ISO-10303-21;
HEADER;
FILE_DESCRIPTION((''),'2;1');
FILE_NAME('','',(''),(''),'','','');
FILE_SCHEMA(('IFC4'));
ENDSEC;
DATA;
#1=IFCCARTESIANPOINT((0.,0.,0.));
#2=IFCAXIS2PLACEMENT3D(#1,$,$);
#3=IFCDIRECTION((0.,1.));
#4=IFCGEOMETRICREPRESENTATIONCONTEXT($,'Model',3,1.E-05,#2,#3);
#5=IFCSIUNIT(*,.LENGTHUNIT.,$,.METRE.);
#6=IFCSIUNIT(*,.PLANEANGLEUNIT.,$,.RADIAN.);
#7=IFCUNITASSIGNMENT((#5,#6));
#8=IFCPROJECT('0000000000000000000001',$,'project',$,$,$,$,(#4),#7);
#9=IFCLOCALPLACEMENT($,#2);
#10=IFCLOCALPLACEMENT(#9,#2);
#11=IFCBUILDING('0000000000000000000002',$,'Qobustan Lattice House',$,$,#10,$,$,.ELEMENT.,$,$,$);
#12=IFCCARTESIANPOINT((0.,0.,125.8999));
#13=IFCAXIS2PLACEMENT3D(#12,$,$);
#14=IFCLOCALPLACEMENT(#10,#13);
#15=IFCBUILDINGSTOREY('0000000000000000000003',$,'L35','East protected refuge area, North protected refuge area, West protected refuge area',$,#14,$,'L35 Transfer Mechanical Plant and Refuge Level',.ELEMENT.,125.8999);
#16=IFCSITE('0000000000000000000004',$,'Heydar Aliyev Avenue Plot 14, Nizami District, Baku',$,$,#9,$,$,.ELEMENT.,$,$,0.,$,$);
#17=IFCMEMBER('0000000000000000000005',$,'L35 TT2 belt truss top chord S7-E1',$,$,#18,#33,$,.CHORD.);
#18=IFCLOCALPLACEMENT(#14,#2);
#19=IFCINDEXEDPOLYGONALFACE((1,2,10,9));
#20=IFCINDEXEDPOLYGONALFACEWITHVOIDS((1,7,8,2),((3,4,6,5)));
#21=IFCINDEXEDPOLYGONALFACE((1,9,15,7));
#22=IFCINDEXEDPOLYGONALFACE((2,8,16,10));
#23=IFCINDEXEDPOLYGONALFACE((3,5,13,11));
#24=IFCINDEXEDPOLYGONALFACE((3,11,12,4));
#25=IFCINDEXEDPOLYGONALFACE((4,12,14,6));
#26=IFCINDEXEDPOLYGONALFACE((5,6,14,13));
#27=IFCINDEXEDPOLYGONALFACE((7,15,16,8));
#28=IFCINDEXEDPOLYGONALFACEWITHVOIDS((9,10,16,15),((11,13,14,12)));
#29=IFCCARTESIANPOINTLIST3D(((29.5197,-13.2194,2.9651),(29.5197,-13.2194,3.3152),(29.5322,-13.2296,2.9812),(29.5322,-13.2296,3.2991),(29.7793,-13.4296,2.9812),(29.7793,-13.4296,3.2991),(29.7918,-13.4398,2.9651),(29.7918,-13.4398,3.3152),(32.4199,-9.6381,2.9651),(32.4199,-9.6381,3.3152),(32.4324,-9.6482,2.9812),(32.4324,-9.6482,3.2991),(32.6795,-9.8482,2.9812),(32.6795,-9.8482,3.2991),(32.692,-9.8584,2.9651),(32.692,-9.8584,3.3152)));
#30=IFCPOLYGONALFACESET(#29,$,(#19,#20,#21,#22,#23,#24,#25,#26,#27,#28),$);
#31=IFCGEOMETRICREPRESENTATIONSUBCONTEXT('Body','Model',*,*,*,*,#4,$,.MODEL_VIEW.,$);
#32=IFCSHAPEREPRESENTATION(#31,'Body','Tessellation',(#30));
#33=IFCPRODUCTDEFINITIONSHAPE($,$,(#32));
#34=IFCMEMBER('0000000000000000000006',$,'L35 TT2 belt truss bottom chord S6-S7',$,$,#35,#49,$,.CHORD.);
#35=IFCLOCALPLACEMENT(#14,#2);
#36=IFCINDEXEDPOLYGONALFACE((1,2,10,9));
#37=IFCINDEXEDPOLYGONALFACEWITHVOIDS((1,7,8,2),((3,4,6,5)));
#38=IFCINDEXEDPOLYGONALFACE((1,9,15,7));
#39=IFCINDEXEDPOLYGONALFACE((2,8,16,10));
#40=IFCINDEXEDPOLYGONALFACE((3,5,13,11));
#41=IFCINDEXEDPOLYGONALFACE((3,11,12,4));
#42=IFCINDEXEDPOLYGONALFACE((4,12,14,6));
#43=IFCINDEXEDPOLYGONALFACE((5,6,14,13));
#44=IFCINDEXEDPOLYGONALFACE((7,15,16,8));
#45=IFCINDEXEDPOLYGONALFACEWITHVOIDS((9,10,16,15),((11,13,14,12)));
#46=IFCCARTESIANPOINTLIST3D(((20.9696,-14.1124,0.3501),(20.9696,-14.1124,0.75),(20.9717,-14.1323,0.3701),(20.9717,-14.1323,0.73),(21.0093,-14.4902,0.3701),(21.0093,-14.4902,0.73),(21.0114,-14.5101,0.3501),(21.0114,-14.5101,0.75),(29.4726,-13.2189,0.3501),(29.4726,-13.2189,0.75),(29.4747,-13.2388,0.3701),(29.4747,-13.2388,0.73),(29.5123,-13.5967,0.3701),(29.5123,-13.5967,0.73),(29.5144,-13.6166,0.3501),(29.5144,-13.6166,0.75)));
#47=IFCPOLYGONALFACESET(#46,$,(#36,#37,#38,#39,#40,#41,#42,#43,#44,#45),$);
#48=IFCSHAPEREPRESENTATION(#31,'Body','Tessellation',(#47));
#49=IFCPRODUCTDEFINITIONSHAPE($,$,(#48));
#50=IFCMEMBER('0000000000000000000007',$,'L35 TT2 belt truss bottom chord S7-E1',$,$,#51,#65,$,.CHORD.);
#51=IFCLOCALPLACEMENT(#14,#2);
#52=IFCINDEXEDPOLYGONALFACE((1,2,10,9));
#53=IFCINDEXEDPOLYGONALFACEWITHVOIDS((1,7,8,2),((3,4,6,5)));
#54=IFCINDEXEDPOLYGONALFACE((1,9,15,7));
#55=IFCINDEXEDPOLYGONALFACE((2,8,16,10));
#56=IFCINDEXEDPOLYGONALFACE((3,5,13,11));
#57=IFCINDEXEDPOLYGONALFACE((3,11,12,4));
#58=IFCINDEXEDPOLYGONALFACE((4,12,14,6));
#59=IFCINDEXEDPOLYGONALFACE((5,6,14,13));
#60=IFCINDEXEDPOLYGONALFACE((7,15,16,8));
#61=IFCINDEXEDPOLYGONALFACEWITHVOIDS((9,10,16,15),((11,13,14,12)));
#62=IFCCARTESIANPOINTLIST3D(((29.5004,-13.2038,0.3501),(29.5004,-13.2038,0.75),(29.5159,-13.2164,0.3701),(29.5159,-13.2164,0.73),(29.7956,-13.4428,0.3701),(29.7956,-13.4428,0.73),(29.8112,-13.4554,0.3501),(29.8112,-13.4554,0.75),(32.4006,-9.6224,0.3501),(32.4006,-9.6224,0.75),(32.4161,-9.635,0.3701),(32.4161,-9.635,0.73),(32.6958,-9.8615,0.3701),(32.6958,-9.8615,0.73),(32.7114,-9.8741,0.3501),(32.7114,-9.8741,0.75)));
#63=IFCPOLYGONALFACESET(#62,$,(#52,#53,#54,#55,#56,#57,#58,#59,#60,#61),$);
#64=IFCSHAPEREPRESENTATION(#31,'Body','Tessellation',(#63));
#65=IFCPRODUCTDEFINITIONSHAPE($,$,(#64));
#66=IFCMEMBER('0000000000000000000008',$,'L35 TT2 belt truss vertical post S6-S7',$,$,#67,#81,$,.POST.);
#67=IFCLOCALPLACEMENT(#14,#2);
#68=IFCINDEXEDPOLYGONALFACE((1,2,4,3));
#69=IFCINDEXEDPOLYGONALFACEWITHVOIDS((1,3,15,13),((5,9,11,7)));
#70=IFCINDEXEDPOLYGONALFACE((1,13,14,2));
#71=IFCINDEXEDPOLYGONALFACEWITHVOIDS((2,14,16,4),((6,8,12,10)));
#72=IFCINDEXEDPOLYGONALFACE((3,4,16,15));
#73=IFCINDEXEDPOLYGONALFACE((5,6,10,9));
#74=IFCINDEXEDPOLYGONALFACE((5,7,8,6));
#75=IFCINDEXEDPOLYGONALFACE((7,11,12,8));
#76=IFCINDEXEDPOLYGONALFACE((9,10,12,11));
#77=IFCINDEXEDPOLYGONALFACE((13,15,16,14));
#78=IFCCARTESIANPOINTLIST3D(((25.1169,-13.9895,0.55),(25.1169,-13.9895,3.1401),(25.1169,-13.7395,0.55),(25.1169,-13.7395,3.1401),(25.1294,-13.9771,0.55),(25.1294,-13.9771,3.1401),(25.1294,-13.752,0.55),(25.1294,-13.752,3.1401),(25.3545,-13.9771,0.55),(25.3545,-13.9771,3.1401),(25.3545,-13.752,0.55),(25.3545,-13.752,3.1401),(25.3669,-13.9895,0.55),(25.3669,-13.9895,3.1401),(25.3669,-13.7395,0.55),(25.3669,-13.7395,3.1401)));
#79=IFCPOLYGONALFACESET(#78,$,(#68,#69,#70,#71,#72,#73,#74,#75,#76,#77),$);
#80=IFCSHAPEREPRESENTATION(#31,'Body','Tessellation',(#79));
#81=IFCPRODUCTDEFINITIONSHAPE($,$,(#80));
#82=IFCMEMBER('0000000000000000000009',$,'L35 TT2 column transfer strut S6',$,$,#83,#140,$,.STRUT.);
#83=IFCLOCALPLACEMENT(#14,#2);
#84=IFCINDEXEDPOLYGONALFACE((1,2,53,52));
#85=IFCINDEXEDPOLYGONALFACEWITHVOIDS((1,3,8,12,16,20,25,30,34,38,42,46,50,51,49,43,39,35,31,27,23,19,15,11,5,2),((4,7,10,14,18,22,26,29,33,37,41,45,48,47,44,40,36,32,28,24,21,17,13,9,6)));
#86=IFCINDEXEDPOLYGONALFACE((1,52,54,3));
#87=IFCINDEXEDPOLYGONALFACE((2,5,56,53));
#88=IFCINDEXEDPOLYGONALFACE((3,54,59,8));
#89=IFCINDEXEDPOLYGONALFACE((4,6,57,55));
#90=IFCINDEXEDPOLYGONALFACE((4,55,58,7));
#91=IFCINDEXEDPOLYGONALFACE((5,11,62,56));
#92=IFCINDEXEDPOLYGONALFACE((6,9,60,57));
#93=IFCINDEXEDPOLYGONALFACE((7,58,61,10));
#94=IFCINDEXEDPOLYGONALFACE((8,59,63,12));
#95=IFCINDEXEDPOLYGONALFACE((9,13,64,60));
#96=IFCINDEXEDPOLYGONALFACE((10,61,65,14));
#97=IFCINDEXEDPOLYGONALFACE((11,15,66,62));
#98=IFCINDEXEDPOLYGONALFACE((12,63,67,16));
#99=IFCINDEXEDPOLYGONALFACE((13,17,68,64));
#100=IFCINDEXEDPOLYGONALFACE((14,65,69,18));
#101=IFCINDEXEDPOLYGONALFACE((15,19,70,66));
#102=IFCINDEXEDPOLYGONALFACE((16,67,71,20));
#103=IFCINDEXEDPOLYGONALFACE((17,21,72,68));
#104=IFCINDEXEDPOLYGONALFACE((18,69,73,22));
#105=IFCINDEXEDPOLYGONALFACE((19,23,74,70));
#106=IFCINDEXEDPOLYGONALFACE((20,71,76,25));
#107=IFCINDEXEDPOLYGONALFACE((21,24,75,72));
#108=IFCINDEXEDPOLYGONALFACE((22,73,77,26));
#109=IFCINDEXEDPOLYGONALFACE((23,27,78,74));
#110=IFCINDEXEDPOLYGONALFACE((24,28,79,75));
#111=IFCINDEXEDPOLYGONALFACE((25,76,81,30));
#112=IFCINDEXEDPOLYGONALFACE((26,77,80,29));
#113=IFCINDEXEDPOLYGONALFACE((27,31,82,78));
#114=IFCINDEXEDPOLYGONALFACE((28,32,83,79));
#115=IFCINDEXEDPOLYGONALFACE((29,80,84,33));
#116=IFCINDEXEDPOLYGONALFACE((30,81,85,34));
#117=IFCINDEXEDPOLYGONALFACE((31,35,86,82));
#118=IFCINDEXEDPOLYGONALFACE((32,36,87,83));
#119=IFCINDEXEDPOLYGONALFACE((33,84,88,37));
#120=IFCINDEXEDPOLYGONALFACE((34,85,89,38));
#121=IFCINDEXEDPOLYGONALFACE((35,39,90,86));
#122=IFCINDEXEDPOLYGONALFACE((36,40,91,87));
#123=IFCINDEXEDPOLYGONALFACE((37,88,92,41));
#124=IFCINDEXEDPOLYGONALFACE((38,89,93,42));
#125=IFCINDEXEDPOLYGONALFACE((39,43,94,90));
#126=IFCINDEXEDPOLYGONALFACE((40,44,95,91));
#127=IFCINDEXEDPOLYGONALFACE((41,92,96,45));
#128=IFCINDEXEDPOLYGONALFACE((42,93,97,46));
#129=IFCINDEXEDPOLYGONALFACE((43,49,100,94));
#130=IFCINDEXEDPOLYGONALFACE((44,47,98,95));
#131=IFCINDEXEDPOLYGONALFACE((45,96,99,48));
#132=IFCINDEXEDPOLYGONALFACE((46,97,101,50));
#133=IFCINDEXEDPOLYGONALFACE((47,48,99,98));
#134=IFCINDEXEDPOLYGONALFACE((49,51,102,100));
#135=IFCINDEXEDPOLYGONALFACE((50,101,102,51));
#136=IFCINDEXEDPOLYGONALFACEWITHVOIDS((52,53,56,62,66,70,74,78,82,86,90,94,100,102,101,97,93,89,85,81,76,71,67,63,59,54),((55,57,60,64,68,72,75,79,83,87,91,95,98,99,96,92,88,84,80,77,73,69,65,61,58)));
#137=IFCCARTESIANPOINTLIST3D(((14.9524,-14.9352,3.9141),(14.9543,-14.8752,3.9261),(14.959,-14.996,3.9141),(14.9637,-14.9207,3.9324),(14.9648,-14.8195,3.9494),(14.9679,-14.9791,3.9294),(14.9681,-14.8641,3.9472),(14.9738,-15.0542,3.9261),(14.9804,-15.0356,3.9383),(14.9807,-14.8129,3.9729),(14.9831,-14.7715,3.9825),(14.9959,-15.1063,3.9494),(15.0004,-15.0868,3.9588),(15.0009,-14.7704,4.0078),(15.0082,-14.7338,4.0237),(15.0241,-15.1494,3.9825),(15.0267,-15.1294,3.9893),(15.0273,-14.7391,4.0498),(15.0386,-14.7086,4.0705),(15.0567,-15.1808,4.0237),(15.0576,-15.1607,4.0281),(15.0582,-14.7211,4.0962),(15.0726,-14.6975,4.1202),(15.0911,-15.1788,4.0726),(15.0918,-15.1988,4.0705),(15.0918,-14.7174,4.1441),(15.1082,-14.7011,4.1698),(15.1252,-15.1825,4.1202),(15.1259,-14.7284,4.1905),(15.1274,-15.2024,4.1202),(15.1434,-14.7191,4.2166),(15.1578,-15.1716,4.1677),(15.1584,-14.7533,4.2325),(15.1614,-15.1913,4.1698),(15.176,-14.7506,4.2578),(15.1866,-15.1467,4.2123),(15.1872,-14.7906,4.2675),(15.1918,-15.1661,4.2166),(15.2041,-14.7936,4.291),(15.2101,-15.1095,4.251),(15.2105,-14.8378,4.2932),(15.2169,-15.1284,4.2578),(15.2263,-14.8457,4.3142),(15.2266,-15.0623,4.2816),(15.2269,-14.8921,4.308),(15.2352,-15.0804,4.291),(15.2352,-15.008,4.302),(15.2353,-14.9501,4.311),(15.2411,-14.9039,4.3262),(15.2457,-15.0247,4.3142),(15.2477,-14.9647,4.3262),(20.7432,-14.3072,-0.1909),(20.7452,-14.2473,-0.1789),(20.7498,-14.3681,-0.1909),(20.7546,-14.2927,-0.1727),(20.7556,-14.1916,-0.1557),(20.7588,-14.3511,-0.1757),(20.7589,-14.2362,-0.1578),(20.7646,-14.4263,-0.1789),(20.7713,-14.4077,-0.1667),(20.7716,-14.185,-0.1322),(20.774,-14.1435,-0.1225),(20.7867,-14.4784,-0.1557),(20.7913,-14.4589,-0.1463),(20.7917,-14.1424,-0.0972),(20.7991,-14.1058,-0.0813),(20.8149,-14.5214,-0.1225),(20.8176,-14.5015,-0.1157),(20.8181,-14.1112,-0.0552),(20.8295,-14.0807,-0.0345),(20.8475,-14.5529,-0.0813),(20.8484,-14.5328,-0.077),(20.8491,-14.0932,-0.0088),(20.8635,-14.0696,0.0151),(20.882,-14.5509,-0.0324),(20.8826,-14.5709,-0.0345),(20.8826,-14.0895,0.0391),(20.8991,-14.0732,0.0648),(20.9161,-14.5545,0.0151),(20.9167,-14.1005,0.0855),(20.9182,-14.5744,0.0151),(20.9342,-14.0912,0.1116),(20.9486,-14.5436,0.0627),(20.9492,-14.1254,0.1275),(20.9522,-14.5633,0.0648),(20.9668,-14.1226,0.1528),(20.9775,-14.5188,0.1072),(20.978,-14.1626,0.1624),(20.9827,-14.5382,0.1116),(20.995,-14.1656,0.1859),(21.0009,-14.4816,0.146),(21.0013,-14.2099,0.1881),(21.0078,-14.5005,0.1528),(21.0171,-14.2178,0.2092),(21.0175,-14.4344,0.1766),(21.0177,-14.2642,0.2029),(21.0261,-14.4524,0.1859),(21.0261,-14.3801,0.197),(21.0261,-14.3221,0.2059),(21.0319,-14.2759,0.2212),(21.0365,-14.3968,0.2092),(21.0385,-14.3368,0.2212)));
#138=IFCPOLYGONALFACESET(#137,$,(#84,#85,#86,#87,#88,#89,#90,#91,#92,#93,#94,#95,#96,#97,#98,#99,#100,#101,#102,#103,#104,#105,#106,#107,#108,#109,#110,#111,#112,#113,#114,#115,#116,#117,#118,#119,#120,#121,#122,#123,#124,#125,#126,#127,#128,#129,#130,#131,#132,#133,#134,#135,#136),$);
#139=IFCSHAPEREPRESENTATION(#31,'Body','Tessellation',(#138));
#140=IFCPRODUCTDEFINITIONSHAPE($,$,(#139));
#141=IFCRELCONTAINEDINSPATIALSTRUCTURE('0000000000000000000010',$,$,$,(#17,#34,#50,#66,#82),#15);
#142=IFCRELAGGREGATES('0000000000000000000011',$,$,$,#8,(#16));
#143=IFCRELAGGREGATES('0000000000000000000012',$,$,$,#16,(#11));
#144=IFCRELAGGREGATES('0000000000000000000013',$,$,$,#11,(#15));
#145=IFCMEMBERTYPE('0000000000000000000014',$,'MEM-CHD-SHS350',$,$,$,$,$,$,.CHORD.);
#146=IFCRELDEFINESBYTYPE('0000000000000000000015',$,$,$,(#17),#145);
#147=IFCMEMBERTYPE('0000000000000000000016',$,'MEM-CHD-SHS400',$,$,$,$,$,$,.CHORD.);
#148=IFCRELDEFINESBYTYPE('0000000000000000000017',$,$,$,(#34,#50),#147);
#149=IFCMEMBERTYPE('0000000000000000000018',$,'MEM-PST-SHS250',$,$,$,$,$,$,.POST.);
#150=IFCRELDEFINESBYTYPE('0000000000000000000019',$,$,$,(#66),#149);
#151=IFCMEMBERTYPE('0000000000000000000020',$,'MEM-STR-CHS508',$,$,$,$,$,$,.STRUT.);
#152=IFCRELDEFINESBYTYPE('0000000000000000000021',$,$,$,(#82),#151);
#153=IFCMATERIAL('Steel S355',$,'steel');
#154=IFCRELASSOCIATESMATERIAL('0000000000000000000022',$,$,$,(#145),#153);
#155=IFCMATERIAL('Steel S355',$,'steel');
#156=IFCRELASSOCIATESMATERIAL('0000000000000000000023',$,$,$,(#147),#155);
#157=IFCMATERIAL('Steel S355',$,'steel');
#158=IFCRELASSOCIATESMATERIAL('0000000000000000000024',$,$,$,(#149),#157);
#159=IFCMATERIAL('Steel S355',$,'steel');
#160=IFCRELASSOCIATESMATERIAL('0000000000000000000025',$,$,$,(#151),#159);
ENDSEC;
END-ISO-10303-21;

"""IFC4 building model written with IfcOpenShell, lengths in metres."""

from ifc_helpers import new_model, si_unit, direction, frame, origin, origin_2d, place, context, subcontext, project, spatial, hollow_rectangle, hollow_circle, extrude, material, material_profile, profile_set, type_object, element, save


model = new_model("IFC4")

# Units and contexts
model_context = context("Model", 3, precision=1e-05, world=origin(), true_north=direction((0.0, 1.0)))
body_context = subcontext(model_context, "Body", "Model", "MODEL_VIEW")
ifc_project = project(units=[si_unit("LENGTHUNIT", "METRE"), si_unit("PLANEANGLEUNIT", "RADIAN")], contexts=[model_context])

# Site, building, storey
site_placement = place(None, origin())
site = spatial("IfcSite", under=ifc_project, at=site_placement, Name="Heydar Aliyev Avenue Plot 14, Nizami District, Baku", CompositionType="ELEMENT", RefElevation=0.0)
building_placement = place(site_placement, origin())
building = spatial("IfcBuilding", under=site, at=building_placement, Name="Qobustan Lattice House", CompositionType="ELEMENT")
storey_placement = place(building_placement, frame((0.0, 0.0, 125.8999)))
storey = spatial("IfcBuildingStorey", under=building, at=storey_placement, Name="L35", Description="East protected refuge area, North protected refuge area, West protected refuge area", LongName="L35 Transfer Mechanical Plant and Refuge Level", CompositionType="ELEMENT", Elevation=125.8999)

# Members
ifc_material_1 = material(Name="Steel S355", Category="steel")
ifc_material_profile_1 = material_profile(ifc_material_1, hollow_rectangle(XDim=0.3501, YDim=0.3501, WallThickness=0.0161, at=origin_2d()), Name="SHS350x350x16")
ifc_profile_set_1 = profile_set([ifc_material_profile_1], Name="Steel S355")
member_type_1 = type_object("IfcMemberType", Name="MEM-CHD-SHS350", PredefinedType="CHORD", material=ifc_profile_set_1)
member_1_placement = place(storey_placement, frame((29.6558, -13.3296, 3.1401), z_axis=(0.629329, 0.777139, 0.0), x_axis=(-0.777139, 0.629329, 0.0)))
element("IfcMember", 1, at=member_1_placement, inside=storey, type_object=member_type_1, Name="L35 TT2 belt truss top chord S7-E1", PredefinedType="CHORD", context=body_context, shape_type="SweptSolid", body=[
    extrude(hollow_rectangle(XDim=0.3501, YDim=0.3501, WallThickness=0.0161, at=origin_2d()), origin(), (0.0, 0.0, 1.0), 4.6084),
])
ifc_material_2 = material(Name="Steel S355", Category="steel")
ifc_material_profile_2 = material_profile(ifc_material_2, hollow_rectangle(XDim=0.3999, YDim=0.3999, WallThickness=0.02, at=origin_2d()), Name="SHS400x400x20")
ifc_profile_set_2 = profile_set([ifc_material_profile_2], Name="Steel S355")
member_type_2 = type_object("IfcMemberType", Name="MEM-CHD-SHS400", PredefinedType="CHORD", material=ifc_profile_set_2)
member_2_placement = place(storey_placement, frame((20.9905, -14.3113, 0.55), z_axis=(0.994524, 0.104512, 0.0), x_axis=(-0.104512, 0.994524, 0.0)))
element("IfcMember", 2, at=member_2_placement, inside=storey, type_object=member_type_2, Name="L35 TT2 belt truss bottom chord S6-S7", PredefinedType="CHORD", context=body_context, shape_type="SweptSolid", body=[
    extrude(hollow_rectangle(XDim=0.3999, YDim=0.3999, WallThickness=0.02, at=origin_2d()), origin(), (0.0, 0.0, 1.0), 8.5498),
])
member_3_placement = place(storey_placement, frame((29.6558, -13.3296, 0.55), z_axis=(0.629329, 0.777139, 0.0), x_axis=(-0.777139, 0.629329, 0.0)))
element("IfcMember", 3, at=member_3_placement, inside=storey, type_object=member_type_2, Name="L35 TT2 belt truss bottom chord S7-E1", PredefinedType="CHORD", context=body_context, shape_type="SweptSolid", body=[
    extrude(hollow_rectangle(XDim=0.3999, YDim=0.3999, WallThickness=0.02, at=origin_2d()), origin(), (0.0, 0.0, 1.0), 4.6084),
])
ifc_material_3 = material(Name="Steel S355", Category="steel")
ifc_material_profile_3 = material_profile(ifc_material_3, hollow_rectangle(XDim=0.25, YDim=0.25, WallThickness=0.0125, at=origin_2d()), Name="SHS250x250x12.5")
ifc_profile_set_3 = profile_set([ifc_material_profile_3], Name="Steel S355")
member_type_3 = type_object("IfcMemberType", Name="MEM-PST-SHS250", PredefinedType="POST", material=ifc_profile_set_3)
member_4_placement = place(storey_placement, frame((25.2419, -13.8645, 0.55), z_axis=(0.0, 0.0, 1.0), x_axis=(1.0, 0.0, 0.0)))
element("IfcMember", 4, at=member_4_placement, inside=storey, type_object=member_type_3, Name="L35 TT2 belt truss vertical post S6-S7", PredefinedType="POST", context=body_context, shape_type="SweptSolid", body=[
    extrude(hollow_rectangle(XDim=0.25, YDim=0.25, WallThickness=0.0125, at=origin_2d()), origin(), (0.0, 0.0, 1.0), 2.5901),
])
ifc_material_4 = material(Name="Steel S355", Category="steel")
ifc_material_profile_4 = material_profile(ifc_material_4, hollow_circle(Radius=0.2539, WallThickness=0.02, at=origin_2d()), Name="CHS508x20")
ifc_profile_set_4 = profile_set([ifc_material_profile_4], Name="Steel S355")
member_type_4 = type_object("IfcMemberType", Name="MEM-STR-CHS508", PredefinedType="STRUT", material=ifc_profile_set_4)
member_5_placement = place(storey_placement, frame((20.8909, -14.322, 0.0151), z_axis=(-0.812639, -0.08812, 0.576066), x_axis=(0.107804, -0.994172, 0.0)))
element("IfcMember", 5, at=member_5_placement, inside=storey, type_object=member_type_4, Name="L35 TT2 column transfer strut S6", PredefinedType="STRUT", context=body_context, shape_type="SweptSolid", body=[
    extrude(hollow_circle(Radius=0.2539, WallThickness=0.02, at=origin_2d()), origin(), (0.0, 0.0, 1.0), 7.126),
])

save(model, "model.ifc")
